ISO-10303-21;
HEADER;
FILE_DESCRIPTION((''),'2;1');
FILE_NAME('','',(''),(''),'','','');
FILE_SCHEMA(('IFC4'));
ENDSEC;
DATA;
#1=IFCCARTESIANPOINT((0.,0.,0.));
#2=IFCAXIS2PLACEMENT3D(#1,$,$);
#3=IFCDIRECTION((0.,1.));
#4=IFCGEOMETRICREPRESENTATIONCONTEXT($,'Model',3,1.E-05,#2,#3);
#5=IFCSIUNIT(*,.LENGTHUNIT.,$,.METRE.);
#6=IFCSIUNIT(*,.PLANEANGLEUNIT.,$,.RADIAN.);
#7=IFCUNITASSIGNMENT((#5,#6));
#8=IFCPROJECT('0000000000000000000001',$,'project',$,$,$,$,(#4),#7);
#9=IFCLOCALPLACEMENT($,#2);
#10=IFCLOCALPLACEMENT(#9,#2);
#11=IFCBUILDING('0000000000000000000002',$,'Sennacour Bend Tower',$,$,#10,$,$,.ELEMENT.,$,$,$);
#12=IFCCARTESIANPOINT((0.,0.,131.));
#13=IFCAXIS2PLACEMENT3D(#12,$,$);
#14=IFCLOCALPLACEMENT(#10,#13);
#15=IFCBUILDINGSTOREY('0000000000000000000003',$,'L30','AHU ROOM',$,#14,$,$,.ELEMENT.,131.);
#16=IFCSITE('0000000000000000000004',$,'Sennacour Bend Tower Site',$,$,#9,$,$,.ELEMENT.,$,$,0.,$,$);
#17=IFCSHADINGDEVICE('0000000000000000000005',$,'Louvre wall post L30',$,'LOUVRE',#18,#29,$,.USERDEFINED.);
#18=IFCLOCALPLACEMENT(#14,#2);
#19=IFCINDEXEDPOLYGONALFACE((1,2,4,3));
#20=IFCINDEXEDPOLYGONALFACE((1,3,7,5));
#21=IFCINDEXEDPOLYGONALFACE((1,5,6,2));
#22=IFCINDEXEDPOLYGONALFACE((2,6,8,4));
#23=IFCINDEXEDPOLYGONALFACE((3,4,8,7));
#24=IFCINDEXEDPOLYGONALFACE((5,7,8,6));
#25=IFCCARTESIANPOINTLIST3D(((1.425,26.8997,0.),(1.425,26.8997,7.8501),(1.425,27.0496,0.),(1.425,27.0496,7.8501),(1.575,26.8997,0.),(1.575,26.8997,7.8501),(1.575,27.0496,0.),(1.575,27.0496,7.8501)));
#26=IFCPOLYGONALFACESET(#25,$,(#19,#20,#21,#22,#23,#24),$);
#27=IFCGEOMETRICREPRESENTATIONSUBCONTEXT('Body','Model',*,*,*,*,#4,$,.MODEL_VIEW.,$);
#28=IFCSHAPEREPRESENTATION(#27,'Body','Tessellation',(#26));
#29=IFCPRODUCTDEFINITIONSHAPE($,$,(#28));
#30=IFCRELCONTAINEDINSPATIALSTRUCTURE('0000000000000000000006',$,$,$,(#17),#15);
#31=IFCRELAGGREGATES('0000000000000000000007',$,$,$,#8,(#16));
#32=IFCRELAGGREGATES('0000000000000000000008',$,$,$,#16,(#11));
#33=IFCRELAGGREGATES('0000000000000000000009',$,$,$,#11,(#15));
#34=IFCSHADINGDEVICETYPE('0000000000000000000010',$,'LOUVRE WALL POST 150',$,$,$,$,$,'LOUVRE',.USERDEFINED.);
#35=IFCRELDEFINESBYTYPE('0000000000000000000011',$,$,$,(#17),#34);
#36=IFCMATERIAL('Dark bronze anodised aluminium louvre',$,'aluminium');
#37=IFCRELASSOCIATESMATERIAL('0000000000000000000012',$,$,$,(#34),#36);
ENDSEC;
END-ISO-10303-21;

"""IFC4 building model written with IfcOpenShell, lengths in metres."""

from ifc_helpers import new_model, si_unit, direction, frame, origin, origin_2d, place, context, subcontext, project, spatial, rectangle, extrude, material, type_object, element, save


model = new_model("IFC4")

# Units and contexts
model_context = context("Model", 3, precision=1e-05, world=origin(), true_north=direction((0.0, 1.0)))
body_context = subcontext(model_context, "Body", "Model", "MODEL_VIEW")
ifc_project = project(units=[si_unit("LENGTHUNIT", "METRE"), si_unit("PLANEANGLEUNIT", "RADIAN")], contexts=[model_context])

# Site, building, storey
site_placement = place(None, origin())
site = spatial("IfcSite", under=ifc_project, at=site_placement, Name="Sennacour Bend Tower Site", CompositionType="ELEMENT", RefElevation=0.0)
building_placement = place(site_placement, origin())
building = spatial("IfcBuilding", under=site, at=building_placement, Name="Sennacour Bend Tower", CompositionType="ELEMENT")
storey_placement = place(building_placement, frame((0.0, 0.0, 131.0)))
storey = spatial("IfcBuildingStorey", under=building, at=storey_placement, Name="L30", Description="AHU ROOM", CompositionType="ELEMENT", Elevation=131.0)

# Shading device
ifc_material_1 = material(Name="Dark bronze anodised aluminium louvre", Category="aluminium")
shading_device_type_1 = type_object("IfcShadingDeviceType", Name="LOUVRE WALL POST 150", ElementType="LOUVRE", PredefinedType="USERDEFINED", material=ifc_material_1)
shading_device_1_placement = place(storey_placement, frame((1.5, 26.9746, 0.0), z_axis=(0.0, 0.0, 1.0), x_axis=(1.0, 0.0, 0.0)))
element("IfcShadingDevice", 1, at=shading_device_1_placement, inside=storey, type_object=shading_device_type_1, Name="Louvre wall post L30", ObjectType="LOUVRE", PredefinedType="USERDEFINED", context=body_context, shape_type="SweptSolid", body=[
    extrude(rectangle(XDim=0.1499, YDim=0.1499, at=origin_2d()), origin(), (0.0, 0.0, 1.0), 7.8501),
])

save(model, "model.ifc")
